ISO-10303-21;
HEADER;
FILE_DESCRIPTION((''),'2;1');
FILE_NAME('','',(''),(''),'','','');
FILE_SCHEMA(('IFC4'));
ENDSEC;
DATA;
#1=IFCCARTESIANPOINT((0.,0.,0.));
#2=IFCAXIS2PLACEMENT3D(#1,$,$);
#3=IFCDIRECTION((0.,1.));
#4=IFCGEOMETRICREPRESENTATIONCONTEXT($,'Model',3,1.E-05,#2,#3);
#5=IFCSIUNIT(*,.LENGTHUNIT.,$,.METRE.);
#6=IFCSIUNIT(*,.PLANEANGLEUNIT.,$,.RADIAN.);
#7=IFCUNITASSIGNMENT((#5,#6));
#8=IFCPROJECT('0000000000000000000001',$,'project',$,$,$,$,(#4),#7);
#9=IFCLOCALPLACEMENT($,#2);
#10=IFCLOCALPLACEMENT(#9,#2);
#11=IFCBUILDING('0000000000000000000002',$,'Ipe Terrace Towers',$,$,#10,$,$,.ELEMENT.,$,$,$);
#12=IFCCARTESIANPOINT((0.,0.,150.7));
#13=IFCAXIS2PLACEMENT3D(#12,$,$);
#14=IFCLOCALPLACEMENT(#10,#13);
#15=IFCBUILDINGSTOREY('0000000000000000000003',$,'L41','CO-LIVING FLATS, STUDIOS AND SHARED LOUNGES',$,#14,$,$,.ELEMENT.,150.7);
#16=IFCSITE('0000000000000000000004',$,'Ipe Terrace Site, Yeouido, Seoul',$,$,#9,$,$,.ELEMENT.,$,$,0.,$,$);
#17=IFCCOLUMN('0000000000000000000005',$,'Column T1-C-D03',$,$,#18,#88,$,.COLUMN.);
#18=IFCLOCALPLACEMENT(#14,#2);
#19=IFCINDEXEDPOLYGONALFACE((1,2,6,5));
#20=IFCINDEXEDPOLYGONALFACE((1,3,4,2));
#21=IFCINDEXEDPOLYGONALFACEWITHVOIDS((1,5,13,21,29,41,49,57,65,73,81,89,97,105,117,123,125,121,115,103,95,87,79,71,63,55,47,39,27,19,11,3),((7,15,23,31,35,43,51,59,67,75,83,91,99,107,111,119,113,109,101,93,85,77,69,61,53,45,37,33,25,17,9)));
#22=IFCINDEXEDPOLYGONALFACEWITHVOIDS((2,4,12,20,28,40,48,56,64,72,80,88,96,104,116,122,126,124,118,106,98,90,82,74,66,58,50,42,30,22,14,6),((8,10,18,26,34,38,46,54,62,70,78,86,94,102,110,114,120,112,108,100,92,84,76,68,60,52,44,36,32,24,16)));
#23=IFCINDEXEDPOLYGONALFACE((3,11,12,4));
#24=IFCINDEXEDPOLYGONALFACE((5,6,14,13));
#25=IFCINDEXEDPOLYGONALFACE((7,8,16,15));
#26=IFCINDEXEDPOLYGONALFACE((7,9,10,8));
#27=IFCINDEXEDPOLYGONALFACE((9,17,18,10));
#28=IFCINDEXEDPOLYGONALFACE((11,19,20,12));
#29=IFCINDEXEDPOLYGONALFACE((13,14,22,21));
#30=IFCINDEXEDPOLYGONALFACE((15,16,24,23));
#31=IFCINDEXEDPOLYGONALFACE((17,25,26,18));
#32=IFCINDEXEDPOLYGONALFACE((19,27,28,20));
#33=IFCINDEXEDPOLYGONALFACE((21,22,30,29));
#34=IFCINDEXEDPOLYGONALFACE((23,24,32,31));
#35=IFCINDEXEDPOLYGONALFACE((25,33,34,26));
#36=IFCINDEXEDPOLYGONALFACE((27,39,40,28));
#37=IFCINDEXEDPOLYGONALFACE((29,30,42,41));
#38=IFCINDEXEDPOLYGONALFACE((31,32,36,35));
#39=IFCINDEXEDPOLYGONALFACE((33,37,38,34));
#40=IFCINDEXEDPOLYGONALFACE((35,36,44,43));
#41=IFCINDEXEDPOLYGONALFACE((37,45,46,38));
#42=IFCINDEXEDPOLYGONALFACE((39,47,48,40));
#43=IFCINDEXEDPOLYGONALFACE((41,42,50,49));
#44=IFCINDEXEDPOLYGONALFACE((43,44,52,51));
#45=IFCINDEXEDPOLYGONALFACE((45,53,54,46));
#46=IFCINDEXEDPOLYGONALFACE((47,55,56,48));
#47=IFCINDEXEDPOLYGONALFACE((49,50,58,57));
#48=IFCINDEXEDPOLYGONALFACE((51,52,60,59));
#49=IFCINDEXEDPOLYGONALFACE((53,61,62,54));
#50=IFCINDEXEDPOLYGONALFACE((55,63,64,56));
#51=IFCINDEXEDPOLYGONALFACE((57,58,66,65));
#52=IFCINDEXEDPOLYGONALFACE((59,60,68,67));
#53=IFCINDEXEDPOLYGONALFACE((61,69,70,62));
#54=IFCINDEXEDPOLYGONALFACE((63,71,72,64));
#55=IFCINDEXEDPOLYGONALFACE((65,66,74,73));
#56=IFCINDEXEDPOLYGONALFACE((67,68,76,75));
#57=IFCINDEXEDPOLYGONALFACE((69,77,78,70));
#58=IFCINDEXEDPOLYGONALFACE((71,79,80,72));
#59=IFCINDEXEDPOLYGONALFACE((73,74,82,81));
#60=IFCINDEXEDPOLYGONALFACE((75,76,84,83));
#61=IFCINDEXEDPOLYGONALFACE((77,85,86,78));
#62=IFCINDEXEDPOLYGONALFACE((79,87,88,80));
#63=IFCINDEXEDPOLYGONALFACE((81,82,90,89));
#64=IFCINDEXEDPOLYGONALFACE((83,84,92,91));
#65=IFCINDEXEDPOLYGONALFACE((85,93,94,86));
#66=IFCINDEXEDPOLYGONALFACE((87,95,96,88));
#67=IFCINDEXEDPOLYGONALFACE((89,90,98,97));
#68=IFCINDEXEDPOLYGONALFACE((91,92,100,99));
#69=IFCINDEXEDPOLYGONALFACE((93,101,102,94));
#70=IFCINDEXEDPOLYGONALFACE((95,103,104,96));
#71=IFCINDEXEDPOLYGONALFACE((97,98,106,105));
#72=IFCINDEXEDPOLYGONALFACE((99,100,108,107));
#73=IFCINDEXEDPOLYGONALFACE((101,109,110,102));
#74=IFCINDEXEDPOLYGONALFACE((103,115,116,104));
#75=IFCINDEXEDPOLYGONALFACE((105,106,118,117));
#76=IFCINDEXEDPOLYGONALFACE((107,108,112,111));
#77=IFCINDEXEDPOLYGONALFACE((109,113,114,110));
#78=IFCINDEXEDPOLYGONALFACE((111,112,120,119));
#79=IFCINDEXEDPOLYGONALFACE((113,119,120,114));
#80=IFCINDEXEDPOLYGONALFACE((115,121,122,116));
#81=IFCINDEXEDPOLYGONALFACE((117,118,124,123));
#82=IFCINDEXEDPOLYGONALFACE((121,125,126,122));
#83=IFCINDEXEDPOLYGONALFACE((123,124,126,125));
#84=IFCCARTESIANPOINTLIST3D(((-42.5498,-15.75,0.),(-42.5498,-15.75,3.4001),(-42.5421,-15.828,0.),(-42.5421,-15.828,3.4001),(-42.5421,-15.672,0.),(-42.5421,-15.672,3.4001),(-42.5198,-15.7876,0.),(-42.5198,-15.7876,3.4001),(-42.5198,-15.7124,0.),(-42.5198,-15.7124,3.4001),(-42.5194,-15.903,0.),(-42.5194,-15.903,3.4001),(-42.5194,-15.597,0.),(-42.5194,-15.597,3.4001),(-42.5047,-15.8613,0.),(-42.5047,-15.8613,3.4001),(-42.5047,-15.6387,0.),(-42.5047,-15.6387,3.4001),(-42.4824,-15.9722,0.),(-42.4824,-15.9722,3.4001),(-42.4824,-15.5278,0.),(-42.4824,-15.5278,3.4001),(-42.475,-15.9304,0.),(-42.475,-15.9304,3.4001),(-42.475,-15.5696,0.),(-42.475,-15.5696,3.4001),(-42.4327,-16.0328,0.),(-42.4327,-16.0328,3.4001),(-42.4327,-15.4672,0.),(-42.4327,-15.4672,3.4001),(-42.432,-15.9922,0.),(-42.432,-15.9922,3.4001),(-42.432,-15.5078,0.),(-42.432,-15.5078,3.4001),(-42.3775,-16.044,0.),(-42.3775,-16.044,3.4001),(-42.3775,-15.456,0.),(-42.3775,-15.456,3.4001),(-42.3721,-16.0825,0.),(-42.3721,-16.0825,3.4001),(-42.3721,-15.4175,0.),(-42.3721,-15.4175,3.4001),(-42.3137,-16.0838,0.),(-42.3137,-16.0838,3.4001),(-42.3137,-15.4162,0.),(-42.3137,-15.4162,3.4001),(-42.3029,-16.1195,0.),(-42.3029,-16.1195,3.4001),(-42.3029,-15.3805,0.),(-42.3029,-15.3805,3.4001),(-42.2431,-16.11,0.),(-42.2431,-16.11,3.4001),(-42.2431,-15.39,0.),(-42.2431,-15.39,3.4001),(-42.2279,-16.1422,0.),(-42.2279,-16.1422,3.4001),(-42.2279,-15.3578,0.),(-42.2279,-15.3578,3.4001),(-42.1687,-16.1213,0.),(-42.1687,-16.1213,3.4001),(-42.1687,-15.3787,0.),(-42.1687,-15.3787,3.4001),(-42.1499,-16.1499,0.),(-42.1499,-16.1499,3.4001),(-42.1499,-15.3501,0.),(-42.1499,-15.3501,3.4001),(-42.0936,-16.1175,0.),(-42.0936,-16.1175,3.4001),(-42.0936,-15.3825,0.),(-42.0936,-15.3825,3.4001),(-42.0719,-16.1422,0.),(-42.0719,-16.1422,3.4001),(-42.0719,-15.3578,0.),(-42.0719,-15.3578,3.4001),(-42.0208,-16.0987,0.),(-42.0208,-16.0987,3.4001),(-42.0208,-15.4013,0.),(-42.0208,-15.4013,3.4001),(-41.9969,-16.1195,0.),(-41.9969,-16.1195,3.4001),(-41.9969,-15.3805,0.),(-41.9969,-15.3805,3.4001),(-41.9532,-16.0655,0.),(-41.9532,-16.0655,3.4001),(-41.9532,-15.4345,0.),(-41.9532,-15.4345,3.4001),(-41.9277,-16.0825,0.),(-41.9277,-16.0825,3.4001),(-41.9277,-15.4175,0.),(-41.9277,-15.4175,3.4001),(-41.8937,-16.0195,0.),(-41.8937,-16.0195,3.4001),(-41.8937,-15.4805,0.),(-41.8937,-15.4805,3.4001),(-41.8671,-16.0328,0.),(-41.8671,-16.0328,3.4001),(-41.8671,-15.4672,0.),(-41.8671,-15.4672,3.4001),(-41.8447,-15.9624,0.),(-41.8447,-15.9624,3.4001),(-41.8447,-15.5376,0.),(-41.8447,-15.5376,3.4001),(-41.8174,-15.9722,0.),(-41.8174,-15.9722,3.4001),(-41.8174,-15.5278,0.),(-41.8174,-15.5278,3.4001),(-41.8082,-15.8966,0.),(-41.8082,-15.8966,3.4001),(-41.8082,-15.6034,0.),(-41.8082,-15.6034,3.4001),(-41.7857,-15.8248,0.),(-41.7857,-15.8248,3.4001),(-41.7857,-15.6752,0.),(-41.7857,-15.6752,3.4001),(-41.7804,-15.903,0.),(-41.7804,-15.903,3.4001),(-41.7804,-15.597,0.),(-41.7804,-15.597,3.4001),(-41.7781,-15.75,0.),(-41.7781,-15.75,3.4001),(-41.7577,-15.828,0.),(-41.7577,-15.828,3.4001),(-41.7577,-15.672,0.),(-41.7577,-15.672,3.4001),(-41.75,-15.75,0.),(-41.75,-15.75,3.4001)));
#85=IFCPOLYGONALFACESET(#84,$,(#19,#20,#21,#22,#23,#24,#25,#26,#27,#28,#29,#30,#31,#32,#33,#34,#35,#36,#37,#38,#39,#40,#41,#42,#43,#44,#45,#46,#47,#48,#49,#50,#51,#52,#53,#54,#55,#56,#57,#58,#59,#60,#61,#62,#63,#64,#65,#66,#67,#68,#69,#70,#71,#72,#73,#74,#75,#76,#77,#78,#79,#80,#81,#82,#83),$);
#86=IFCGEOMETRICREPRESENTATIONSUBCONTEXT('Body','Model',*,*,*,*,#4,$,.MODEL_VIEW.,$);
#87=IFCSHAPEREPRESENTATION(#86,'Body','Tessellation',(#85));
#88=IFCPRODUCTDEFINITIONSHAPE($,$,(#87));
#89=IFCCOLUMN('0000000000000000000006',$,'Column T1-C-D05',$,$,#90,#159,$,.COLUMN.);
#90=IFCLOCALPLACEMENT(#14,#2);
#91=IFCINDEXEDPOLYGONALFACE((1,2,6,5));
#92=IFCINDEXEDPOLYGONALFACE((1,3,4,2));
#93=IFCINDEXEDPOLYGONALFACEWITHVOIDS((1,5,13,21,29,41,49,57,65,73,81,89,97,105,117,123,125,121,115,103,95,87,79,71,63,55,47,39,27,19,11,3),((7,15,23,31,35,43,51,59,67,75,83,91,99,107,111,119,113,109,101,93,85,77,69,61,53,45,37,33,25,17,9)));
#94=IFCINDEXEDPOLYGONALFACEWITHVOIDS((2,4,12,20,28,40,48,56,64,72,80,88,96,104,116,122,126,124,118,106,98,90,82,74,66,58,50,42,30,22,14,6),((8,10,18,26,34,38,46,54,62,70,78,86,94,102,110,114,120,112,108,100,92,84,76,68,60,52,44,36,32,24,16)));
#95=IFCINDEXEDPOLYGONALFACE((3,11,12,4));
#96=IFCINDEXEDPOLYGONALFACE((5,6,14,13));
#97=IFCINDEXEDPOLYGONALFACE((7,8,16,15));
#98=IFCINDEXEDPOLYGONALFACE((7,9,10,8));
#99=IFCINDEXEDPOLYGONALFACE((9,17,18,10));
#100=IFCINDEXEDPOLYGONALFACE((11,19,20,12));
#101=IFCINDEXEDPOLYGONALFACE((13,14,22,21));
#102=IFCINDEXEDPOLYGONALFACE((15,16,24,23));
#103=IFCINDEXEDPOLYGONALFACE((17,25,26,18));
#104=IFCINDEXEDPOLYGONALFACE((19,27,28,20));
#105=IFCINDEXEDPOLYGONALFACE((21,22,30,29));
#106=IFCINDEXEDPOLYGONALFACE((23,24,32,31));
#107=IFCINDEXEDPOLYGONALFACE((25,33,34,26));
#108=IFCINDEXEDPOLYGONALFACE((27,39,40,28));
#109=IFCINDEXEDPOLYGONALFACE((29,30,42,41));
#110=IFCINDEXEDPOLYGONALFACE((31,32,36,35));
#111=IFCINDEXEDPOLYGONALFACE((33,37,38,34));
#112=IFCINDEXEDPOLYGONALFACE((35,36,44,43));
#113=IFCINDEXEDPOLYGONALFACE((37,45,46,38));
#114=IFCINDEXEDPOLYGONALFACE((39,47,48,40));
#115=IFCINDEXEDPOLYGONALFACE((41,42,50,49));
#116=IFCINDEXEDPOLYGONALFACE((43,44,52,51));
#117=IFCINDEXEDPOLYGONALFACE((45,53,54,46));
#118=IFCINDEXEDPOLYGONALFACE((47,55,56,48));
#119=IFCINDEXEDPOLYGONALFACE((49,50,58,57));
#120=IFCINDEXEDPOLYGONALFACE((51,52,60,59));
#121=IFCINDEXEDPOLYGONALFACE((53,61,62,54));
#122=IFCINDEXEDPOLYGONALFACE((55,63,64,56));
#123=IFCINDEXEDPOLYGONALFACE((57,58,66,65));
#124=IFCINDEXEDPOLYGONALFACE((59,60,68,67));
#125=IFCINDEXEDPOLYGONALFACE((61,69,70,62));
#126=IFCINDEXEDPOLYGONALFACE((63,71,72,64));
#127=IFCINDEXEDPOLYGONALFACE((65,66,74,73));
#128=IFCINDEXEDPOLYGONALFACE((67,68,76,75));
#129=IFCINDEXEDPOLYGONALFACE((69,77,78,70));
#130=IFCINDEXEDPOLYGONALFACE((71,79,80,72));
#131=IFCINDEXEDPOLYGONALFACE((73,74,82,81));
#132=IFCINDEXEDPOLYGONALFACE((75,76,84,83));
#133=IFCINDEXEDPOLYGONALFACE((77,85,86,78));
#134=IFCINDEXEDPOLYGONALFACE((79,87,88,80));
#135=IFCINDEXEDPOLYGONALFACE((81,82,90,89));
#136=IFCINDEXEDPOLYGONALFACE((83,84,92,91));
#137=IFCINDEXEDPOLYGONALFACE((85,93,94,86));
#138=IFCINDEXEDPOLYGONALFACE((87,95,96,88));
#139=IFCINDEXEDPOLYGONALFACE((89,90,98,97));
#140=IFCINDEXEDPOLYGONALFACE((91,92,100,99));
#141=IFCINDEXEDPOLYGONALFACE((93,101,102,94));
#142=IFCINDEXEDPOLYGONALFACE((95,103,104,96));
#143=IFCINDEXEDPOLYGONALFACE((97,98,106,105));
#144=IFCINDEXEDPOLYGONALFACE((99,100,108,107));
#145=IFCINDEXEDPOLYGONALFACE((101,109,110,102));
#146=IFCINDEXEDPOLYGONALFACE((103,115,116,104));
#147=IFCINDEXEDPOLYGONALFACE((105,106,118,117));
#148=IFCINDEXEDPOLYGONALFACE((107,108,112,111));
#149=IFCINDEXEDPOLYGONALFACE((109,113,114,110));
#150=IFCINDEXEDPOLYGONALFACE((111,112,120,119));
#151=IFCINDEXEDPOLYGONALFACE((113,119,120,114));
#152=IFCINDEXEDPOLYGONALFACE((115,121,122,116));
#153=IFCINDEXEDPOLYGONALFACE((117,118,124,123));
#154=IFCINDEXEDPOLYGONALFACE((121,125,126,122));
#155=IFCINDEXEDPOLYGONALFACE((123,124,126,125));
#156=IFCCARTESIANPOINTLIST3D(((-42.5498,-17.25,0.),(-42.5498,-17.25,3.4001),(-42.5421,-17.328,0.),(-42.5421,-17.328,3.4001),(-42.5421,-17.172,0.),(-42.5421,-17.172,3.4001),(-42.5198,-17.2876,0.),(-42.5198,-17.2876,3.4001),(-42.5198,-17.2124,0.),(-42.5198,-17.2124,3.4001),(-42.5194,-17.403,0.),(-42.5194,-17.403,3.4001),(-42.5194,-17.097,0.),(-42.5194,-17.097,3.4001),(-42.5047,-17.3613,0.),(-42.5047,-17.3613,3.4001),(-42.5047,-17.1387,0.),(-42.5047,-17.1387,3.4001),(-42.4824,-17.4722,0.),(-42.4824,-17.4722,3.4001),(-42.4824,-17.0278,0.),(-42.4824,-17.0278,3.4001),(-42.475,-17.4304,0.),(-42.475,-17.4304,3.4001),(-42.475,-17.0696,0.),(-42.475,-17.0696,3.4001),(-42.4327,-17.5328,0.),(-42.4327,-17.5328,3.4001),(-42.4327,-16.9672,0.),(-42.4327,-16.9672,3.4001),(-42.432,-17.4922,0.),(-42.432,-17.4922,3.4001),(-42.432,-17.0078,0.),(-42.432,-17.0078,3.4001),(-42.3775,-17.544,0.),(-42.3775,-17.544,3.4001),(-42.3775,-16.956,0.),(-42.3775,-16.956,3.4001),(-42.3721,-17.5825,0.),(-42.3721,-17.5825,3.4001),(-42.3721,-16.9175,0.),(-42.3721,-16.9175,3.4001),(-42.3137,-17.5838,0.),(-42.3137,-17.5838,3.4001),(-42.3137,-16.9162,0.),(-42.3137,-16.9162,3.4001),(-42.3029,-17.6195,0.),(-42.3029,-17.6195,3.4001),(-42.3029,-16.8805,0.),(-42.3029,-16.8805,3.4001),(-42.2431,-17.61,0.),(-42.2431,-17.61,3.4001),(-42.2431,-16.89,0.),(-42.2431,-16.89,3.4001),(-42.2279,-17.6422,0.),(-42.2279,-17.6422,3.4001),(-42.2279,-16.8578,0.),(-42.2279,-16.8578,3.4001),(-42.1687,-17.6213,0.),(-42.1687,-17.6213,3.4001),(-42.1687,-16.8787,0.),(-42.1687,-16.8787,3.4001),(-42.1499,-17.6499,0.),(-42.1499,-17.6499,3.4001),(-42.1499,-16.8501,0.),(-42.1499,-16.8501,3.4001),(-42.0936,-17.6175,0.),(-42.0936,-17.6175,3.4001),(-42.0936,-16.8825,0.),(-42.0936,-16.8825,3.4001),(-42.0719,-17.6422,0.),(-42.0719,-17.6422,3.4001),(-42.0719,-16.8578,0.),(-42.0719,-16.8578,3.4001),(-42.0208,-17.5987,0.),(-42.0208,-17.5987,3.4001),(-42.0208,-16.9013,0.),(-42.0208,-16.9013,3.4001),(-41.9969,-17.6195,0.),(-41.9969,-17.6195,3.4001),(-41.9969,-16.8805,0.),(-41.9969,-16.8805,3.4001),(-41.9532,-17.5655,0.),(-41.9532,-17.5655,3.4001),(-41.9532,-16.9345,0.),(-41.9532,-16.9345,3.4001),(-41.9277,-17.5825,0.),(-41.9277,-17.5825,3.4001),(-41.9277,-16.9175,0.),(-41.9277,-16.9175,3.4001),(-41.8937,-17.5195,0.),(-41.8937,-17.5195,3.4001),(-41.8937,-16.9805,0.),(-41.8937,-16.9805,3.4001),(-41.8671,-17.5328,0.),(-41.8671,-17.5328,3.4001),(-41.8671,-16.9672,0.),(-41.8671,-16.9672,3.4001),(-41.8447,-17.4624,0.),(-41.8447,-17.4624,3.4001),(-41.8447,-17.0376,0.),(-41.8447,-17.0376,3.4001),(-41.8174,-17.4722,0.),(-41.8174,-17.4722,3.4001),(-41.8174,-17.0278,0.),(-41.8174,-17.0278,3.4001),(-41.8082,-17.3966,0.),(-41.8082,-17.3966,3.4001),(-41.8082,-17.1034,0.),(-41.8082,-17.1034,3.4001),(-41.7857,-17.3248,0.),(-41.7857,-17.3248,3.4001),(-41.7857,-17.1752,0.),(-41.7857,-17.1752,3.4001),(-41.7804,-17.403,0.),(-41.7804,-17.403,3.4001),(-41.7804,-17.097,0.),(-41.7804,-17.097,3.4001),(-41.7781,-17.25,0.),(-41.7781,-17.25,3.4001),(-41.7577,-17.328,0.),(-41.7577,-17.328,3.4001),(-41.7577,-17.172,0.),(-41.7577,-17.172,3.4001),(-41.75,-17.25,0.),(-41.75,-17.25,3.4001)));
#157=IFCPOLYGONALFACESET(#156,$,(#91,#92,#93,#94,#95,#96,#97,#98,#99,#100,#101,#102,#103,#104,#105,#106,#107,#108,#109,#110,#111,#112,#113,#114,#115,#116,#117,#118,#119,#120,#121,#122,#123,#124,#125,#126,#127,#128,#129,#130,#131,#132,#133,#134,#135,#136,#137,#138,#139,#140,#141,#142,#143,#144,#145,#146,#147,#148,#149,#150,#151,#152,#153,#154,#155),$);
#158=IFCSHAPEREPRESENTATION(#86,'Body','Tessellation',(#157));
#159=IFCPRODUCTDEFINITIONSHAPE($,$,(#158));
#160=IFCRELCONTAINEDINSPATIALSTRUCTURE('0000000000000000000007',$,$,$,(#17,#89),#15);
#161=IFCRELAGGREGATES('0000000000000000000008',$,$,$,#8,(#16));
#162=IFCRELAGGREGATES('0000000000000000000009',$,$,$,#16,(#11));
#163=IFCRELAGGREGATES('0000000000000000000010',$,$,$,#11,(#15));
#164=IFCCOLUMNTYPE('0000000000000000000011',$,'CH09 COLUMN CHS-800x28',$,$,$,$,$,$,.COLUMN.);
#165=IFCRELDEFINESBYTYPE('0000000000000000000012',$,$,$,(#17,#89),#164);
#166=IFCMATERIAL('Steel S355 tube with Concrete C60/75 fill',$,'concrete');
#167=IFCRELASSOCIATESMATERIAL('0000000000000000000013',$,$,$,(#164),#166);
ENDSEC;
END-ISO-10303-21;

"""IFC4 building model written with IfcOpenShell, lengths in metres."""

from ifc_helpers import new_model, si_unit, direction, frame, origin, origin_2d, place, context, subcontext, project, spatial, hollow_circle, extrude, material, material_profile, profile_set, type_object, element, save


model = new_model("IFC4")

# Units and contexts
model_context = context("Model", 3, precision=1e-05, world=origin(), true_north=direction((0.0, 1.0)))
body_context = subcontext(model_context, "Body", "Model", "MODEL_VIEW")
ifc_project = project(units=[si_unit("LENGTHUNIT", "METRE"), si_unit("PLANEANGLEUNIT", "RADIAN")], contexts=[model_context])

# Site, building, storey
site_placement = place(None, origin())
site = spatial("IfcSite", under=ifc_project, at=site_placement, Name="Ipe Terrace Site, Yeouido, Seoul", CompositionType="ELEMENT", RefElevation=0.0)
building_placement = place(site_placement, origin())
building = spatial("IfcBuilding", under=site, at=building_placement, Name="Ipe Terrace Towers", CompositionType="ELEMENT")
storey_placement = place(building_placement, frame((0.0, 0.0, 150.7)))
storey = spatial("IfcBuildingStorey", under=building, at=storey_placement, Name="L41", Description="CO-LIVING FLATS, STUDIOS AND SHARED LOUNGES", CompositionType="ELEMENT", Elevation=150.7)

# Columns
ifc_material_1 = material(Name="Steel S355 tube with Concrete C60/75 fill", Category="concrete")
ifc_material_profile_1 = material_profile(ifc_material_1, hollow_circle(Radius=0.3999, WallThickness=0.0281, at=origin_2d()), Name="CHS-800x28")
ifc_profile_set_1 = profile_set([ifc_material_profile_1], Name="Steel S355 tube with Concrete C60/75 fill")
column_type_1 = type_object("IfcColumnType", Name="CH09 COLUMN CHS-800x28", PredefinedType="COLUMN", material=ifc_profile_set_1)
for number, where, z_axis, x_axis, name in (
    (1, (-42.1499, -15.75, 0.0), (0.0, 0.0, 1.0), (1.0, 0.0, 0.0), "Column T1-C-D03"),
    (2, (-42.1499, -17.25, 0.0), (0.0, 0.0, 1.0), (1.0, 0.0, 0.0), "Column T1-C-D05"),
):
    element("IfcColumn", number, at=place(storey_placement, frame(where, z_axis=z_axis, x_axis=x_axis)), inside=storey, type_object=column_type_1, Name=name, PredefinedType="COLUMN", context=body_context, shape_type="SweptSolid", body=[
        extrude(hollow_circle(Radius=0.3999, WallThickness=0.0281, at=origin_2d()), origin(), (0.0, 0.0, 1.0), 3.4001),
    ])

save(model, "model.ifc")
